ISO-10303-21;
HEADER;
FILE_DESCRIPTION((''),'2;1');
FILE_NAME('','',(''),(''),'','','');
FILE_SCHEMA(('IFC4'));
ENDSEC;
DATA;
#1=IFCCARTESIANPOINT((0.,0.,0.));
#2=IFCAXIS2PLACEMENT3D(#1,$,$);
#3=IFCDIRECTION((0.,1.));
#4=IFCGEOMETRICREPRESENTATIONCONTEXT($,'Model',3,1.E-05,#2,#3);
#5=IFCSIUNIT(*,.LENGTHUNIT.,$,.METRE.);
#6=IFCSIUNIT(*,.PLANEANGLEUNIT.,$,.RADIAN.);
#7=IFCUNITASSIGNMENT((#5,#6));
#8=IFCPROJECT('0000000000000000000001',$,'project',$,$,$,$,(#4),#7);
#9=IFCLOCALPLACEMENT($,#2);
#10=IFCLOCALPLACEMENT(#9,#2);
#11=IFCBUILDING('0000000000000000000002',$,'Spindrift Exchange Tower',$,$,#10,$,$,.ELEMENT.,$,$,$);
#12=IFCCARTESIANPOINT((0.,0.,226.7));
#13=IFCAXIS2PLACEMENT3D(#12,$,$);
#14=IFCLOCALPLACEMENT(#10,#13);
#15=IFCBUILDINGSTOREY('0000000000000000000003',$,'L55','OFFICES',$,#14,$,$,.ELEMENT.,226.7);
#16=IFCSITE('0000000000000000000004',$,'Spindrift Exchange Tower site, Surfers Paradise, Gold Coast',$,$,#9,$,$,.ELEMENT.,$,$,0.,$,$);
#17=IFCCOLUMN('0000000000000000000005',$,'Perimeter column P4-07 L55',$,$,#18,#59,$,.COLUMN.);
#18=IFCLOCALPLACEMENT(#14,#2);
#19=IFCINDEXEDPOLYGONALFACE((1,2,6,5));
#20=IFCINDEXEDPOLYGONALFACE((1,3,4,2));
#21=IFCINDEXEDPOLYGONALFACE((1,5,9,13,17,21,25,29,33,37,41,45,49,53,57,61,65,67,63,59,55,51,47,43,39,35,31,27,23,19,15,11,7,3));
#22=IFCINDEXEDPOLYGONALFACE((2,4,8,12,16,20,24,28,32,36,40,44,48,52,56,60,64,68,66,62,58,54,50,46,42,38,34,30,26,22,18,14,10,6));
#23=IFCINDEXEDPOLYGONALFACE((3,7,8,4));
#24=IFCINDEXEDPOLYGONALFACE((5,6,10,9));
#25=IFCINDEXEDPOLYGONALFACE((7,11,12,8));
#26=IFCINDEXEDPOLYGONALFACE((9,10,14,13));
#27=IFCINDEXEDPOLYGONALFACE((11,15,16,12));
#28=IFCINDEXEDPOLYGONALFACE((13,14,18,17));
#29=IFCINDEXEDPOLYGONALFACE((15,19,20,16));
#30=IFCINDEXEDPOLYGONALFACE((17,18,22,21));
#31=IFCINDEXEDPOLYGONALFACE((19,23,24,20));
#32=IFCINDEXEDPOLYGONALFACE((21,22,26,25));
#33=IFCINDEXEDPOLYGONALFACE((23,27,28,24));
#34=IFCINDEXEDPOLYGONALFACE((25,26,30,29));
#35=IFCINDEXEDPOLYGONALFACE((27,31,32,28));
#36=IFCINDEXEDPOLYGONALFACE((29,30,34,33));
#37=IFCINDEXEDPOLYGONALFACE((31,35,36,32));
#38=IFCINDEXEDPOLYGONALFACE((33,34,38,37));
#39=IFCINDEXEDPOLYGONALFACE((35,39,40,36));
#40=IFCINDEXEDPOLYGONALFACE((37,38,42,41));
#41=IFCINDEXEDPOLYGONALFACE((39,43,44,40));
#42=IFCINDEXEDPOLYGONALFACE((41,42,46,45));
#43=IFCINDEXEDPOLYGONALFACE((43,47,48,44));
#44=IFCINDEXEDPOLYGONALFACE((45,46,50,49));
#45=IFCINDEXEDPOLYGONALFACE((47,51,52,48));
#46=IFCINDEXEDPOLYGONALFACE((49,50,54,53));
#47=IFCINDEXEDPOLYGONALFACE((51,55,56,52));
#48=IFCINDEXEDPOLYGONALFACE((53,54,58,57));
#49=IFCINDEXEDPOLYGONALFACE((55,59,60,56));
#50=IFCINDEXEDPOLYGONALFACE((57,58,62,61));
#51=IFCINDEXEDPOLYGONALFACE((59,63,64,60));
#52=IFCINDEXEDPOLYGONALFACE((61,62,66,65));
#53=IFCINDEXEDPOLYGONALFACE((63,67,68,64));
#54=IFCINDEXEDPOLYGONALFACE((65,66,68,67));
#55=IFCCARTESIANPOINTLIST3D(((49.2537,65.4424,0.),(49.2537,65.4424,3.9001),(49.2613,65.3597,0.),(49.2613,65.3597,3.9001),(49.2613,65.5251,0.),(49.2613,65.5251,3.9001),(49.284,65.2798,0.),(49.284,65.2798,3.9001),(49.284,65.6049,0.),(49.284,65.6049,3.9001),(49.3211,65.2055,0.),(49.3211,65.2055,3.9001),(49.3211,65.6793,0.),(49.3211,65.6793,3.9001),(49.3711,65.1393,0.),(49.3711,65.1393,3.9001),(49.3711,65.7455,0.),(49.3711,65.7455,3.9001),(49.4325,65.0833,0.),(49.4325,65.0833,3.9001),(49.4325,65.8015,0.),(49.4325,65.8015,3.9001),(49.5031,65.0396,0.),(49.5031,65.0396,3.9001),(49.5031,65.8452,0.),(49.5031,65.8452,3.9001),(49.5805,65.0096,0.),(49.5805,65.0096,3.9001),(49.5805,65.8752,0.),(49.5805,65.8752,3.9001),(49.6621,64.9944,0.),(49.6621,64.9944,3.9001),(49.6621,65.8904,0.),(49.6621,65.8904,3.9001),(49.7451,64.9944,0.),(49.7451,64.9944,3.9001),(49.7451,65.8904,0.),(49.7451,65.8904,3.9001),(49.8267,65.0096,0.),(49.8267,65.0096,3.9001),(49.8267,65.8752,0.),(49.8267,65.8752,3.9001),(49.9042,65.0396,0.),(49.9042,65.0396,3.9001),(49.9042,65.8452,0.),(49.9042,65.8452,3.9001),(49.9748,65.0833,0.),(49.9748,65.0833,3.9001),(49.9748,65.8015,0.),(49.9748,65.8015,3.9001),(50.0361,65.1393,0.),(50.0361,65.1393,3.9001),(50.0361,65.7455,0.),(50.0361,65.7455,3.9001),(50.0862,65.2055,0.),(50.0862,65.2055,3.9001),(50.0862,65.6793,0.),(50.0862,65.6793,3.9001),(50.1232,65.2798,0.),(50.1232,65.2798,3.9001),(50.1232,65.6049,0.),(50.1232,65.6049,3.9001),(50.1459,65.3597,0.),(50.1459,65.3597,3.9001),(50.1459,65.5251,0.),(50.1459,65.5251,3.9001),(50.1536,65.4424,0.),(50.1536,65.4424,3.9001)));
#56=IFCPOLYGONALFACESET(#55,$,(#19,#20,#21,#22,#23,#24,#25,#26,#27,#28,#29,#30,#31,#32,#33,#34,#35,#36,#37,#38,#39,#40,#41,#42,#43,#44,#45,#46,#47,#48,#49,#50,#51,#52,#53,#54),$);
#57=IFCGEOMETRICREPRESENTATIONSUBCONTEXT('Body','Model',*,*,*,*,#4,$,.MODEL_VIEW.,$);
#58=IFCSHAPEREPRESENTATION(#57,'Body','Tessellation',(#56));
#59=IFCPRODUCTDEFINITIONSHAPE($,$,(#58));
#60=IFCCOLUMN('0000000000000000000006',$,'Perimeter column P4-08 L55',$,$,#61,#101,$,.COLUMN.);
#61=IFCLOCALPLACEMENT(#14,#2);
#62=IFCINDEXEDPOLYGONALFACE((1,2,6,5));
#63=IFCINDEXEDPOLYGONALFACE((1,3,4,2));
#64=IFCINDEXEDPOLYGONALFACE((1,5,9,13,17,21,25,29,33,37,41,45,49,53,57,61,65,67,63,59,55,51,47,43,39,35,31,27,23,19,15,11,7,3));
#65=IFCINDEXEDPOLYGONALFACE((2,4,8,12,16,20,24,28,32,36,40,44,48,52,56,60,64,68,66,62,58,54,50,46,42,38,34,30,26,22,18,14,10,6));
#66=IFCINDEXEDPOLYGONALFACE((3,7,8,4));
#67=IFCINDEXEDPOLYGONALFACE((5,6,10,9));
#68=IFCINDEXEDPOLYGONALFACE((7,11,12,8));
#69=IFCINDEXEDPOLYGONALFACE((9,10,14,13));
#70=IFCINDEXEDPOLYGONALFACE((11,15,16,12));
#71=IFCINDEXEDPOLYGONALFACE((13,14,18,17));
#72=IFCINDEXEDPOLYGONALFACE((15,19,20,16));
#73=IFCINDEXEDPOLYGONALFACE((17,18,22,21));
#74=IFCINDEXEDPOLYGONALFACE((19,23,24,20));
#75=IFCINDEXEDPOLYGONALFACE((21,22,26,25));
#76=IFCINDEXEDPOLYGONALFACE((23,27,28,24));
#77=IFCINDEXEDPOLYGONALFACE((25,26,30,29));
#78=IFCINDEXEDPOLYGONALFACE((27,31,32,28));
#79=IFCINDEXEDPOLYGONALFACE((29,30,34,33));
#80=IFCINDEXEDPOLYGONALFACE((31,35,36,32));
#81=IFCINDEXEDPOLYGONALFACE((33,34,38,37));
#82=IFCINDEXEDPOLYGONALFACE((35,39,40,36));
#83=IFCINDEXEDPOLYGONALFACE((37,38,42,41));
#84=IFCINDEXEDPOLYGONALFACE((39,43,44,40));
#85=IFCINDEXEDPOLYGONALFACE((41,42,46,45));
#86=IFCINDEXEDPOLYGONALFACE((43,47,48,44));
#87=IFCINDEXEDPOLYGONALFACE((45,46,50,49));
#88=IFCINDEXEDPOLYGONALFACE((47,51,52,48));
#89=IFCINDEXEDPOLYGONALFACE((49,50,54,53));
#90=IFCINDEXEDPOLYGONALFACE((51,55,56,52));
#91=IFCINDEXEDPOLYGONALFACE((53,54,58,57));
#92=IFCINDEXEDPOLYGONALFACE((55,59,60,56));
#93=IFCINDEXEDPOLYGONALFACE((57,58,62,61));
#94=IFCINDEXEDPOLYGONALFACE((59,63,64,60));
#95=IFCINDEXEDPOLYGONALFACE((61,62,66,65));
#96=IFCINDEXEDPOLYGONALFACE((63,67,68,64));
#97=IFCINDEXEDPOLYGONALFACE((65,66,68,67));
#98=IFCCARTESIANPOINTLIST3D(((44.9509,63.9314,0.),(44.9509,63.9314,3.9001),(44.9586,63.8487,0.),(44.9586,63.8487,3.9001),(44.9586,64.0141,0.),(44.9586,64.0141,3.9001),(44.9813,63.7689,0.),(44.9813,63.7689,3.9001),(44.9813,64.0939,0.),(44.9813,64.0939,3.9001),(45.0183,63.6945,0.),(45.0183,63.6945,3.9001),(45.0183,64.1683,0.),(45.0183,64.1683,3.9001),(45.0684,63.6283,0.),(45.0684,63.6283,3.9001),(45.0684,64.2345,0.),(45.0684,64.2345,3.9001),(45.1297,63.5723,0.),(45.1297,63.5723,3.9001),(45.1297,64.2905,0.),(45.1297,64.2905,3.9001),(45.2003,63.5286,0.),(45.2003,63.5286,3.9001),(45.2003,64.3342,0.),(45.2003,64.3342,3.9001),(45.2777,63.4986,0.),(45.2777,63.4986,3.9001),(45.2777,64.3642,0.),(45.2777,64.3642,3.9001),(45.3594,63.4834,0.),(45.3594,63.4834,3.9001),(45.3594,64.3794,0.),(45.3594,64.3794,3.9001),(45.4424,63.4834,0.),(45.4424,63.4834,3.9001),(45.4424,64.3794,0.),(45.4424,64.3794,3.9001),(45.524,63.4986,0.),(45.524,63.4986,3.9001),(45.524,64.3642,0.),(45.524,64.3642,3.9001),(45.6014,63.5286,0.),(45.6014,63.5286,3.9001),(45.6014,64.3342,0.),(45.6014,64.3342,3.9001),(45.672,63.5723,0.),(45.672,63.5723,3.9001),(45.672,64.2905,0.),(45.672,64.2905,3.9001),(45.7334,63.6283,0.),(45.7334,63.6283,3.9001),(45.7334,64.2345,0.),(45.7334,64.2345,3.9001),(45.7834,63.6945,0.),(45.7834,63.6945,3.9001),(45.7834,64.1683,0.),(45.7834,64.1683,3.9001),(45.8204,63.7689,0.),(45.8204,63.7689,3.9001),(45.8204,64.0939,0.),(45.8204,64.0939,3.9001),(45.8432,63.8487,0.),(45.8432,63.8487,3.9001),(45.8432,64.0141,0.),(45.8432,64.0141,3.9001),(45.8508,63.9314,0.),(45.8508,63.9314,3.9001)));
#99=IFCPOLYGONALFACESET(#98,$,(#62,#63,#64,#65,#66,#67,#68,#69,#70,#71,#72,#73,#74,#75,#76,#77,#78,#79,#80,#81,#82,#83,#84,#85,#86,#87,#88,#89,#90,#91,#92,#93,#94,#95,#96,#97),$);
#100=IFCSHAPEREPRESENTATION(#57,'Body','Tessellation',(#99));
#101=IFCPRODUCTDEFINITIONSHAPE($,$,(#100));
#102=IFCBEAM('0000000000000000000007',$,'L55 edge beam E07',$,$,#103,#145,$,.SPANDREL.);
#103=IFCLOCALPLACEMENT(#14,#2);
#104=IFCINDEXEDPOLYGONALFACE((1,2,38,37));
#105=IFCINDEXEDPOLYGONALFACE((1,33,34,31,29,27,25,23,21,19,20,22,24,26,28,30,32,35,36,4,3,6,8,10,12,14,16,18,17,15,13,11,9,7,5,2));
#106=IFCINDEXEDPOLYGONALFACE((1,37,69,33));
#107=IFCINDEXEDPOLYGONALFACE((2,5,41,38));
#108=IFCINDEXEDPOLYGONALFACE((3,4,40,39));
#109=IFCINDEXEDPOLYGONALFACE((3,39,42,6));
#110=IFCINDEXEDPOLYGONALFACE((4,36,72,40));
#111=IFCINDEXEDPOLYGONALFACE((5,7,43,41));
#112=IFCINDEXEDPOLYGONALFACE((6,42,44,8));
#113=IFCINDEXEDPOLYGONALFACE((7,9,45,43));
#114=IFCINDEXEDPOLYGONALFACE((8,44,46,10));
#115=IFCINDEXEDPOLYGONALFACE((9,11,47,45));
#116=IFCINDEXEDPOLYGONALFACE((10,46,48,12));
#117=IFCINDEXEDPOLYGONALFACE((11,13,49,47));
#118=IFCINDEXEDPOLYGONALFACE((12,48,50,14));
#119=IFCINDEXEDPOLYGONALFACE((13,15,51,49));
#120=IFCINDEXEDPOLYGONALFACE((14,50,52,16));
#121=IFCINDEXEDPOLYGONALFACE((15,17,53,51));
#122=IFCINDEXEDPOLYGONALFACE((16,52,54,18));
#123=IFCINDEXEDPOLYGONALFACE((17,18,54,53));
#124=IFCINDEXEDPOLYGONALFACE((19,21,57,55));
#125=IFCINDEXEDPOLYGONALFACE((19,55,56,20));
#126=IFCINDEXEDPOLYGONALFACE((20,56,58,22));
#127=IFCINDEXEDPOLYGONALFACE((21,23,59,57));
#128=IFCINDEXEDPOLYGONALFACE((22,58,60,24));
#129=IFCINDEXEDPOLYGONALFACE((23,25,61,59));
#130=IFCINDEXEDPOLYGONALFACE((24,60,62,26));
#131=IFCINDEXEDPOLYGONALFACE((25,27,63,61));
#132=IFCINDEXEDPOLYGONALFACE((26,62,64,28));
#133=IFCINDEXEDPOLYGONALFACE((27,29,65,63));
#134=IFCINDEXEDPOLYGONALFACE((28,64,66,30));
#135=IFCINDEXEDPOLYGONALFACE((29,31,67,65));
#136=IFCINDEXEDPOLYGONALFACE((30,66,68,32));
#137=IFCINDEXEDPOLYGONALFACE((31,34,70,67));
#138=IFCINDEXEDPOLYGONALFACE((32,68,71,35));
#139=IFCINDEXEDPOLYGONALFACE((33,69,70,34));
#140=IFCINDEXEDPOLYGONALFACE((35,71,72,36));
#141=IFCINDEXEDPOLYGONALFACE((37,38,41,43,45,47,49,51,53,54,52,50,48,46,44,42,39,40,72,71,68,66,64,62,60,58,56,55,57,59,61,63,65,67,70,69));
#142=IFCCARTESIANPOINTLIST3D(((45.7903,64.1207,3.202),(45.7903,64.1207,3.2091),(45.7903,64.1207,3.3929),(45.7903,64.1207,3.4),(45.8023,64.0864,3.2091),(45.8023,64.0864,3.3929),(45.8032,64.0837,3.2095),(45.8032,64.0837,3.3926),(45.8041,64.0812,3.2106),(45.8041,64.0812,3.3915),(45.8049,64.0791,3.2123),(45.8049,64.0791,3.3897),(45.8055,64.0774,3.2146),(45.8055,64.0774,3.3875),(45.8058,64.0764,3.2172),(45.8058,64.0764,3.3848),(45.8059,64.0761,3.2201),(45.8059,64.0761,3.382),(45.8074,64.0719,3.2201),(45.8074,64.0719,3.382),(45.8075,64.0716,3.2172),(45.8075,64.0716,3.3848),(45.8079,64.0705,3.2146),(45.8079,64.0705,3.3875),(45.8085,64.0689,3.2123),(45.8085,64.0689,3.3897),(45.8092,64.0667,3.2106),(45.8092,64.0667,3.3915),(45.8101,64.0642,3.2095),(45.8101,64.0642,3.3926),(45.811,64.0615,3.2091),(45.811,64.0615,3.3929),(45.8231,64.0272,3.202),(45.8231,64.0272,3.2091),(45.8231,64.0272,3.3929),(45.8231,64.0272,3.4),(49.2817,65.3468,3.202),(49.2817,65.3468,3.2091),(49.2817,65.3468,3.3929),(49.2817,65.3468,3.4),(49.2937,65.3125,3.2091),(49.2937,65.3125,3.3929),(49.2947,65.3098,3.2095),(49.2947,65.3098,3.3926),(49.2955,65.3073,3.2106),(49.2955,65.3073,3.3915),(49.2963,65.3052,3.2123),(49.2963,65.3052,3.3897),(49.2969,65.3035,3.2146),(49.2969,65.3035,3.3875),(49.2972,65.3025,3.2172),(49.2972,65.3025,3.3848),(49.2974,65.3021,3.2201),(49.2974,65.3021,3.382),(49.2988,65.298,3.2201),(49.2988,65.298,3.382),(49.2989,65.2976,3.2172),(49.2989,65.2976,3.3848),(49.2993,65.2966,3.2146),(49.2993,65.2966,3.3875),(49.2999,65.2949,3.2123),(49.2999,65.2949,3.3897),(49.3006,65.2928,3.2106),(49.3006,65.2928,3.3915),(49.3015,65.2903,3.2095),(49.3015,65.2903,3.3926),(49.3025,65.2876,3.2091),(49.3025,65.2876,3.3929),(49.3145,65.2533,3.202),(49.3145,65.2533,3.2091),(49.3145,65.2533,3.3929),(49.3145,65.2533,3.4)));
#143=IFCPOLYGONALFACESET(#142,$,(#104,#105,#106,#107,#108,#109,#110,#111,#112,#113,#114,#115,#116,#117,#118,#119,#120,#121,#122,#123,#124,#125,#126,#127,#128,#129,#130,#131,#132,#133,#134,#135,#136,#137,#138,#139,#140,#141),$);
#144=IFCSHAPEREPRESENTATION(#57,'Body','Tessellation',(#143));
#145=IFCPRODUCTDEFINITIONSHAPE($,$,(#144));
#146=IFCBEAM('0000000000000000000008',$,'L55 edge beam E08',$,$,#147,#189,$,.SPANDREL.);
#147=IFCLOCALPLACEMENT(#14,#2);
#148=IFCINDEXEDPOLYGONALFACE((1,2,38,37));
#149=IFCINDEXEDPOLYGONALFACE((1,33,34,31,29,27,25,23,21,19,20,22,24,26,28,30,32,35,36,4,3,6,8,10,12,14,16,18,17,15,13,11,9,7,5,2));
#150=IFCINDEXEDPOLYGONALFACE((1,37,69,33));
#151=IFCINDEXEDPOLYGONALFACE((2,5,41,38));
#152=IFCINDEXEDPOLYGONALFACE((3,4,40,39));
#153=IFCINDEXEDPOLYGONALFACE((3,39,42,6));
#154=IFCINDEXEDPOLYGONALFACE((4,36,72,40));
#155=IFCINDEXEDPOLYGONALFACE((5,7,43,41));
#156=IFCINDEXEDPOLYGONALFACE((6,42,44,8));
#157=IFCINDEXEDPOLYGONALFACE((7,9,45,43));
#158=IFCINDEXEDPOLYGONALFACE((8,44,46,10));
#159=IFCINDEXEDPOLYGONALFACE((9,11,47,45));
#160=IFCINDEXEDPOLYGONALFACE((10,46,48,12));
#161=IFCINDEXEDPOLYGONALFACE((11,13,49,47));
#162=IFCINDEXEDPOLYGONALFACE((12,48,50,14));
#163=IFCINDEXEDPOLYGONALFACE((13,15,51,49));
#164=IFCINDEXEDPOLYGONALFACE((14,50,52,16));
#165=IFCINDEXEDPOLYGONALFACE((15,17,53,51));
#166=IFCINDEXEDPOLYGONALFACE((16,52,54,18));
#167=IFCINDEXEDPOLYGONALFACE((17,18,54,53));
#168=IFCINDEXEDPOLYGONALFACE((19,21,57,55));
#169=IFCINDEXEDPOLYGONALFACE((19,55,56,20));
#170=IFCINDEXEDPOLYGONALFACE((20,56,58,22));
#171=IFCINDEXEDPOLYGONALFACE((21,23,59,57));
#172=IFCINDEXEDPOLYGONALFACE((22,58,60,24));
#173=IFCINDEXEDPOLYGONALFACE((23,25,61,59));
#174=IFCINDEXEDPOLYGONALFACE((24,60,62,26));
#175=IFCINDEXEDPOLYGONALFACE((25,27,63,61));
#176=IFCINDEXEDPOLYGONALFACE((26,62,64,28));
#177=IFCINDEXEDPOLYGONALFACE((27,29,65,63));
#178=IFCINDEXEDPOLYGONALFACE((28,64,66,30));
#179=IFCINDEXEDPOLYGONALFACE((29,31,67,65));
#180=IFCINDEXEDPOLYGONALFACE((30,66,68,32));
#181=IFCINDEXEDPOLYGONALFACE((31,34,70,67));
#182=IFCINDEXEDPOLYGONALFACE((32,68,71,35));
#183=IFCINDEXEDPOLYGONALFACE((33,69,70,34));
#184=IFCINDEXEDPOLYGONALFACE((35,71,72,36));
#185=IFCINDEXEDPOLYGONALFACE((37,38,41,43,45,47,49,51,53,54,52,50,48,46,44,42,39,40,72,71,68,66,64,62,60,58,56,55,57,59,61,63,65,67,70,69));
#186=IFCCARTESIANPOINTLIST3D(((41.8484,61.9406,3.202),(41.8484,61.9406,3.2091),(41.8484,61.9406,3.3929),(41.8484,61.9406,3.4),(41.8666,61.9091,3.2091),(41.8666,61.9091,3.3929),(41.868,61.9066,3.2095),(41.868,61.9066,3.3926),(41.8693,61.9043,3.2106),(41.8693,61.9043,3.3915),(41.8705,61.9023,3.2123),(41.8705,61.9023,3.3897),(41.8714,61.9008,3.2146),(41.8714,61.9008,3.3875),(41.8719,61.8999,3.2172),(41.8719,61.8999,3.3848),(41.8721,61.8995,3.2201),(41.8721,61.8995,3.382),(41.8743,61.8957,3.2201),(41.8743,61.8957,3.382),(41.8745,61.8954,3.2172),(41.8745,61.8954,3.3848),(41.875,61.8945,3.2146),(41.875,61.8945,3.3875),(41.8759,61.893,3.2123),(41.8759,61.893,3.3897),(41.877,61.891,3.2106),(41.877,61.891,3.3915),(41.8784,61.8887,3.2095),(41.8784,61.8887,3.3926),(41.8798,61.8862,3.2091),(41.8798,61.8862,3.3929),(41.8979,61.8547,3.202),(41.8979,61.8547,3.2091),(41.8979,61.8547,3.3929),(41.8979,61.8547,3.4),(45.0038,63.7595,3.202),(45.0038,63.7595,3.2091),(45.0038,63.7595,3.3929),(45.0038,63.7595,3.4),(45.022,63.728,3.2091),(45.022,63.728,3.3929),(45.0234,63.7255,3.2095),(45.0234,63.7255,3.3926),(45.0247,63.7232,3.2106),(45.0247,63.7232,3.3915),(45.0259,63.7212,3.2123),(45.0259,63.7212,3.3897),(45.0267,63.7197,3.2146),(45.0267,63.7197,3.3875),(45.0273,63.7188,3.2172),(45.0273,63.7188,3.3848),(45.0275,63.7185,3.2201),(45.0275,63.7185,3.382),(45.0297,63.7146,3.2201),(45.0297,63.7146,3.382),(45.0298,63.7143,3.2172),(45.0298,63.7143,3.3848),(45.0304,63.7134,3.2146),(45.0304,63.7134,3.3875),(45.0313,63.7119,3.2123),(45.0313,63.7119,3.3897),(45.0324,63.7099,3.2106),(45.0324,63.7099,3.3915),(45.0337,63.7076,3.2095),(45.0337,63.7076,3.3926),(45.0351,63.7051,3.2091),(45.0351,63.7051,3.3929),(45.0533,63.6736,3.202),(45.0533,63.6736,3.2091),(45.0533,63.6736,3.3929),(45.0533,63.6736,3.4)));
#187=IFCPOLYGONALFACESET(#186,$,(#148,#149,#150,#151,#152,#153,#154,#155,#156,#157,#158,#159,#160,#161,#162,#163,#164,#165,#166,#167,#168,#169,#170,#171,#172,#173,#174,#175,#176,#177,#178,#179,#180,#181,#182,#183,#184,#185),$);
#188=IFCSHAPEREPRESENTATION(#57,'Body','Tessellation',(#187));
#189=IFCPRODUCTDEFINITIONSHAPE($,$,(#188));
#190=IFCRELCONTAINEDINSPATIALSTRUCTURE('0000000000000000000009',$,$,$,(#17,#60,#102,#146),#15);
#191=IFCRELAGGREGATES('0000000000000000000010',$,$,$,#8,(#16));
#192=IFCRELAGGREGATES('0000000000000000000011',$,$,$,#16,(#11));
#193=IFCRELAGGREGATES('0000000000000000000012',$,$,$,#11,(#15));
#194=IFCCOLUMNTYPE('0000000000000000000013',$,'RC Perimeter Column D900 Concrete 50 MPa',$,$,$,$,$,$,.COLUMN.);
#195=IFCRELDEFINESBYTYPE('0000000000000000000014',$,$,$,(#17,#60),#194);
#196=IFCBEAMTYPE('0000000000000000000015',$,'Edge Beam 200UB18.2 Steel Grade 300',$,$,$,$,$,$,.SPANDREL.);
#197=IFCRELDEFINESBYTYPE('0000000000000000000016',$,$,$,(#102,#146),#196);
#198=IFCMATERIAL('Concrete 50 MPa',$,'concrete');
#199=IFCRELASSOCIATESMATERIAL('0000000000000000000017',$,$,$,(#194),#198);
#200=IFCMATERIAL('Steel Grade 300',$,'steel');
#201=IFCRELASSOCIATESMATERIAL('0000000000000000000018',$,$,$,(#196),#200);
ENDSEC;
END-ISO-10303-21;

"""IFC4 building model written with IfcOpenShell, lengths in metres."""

from ifc_helpers import new_model, si_unit, direction, frame, origin, origin_2d, place, context, subcontext, project, spatial, circle, i_section, extrude, source, transform, mapped, material, material_profile, profile_set, type_object, element, save


model = new_model("IFC4")

# Units and contexts
model_context = context("Model", 3, precision=1e-05, world=origin(), true_north=direction((0.0, 1.0)))
body_context = subcontext(model_context, "Body", "Model", "MODEL_VIEW")
ifc_project = project(units=[si_unit("LENGTHUNIT", "METRE"), si_unit("PLANEANGLEUNIT", "RADIAN")], contexts=[model_context])

# Site, building, storey
site_placement = place(None, origin())
site = spatial("IfcSite", under=ifc_project, at=site_placement, Name="Spindrift Exchange Tower site, Surfers Paradise, Gold Coast", CompositionType="ELEMENT", RefElevation=0.0)
building_placement = place(site_placement, origin())
building = spatial("IfcBuilding", under=site, at=building_placement, Name="Spindrift Exchange Tower", CompositionType="ELEMENT")
storey_placement = place(building_placement, frame((0.0, 0.0, 226.7)))
storey = spatial("IfcBuildingStorey", under=building, at=storey_placement, Name="L55", Description="OFFICES", CompositionType="ELEMENT", Elevation=226.7)

# Columns
ifc_material_1 = material(Name="Concrete 50 MPa", Category="concrete")
ifc_material_profile_1 = material_profile(ifc_material_1, circle(Radius=0.45, at=origin_2d()), Name="RC D900")
ifc_profile_set_1 = profile_set([ifc_material_profile_1], Name="Concrete 50 MPa")
column_type = type_object("IfcColumnType", Name="RC Perimeter Column D900 Concrete 50 MPa", PredefinedType="COLUMN", material=ifc_profile_set_1)
shared_shape_1 = source(origin(), body_context, "Body", "SweptSolid", [
    extrude(circle(Radius=0.45, at=origin_2d()), origin(), (0.0, 0.0, 1.0), 3.9001),
])
for number, where, z_axis, x_axis, name in (
    (1, (49.7036, 65.4424, 0.0), (0.0, 0.0, 1.0), (1.0, 0.0, 0.0), "Perimeter column P4-07 L55"),
    (2, (45.4009, 63.9314, 0.0), (0.0, 0.0, 1.0), (1.0, 0.0, 0.0), "Perimeter column P4-08 L55"),
):
    element("IfcColumn", number, at=place(storey_placement, frame(where, z_axis=z_axis, x_axis=x_axis)), inside=storey, type_object=column_type, Name=name, PredefinedType="COLUMN", context=body_context, shape_type="MappedRepresentation", body=[
        mapped(shared_shape_1, transform((0.0, 0.0, 0.0), scale=1.0)),
    ])

# Beams
ifc_material_2 = material(Name="Steel Grade 300", Category="steel")
ifc_material_profile_2 = material_profile(ifc_material_2, i_section(OverallWidth=0.0991, OverallDepth=0.198, WebThickness=0.0044, FlangeThickness=0.0071, FilletRadius=0.011, at=origin_2d()), Name="200UB18.2")
ifc_profile_set_2 = profile_set([ifc_material_profile_2], Name="Steel Grade 300")
beam_type = type_object("IfcBeamType", Name="Edge Beam 200UB18.2 Steel Grade 300", PredefinedType="SPANDREL", material=ifc_profile_set_2)
shared_shape_2 = source(origin(), body_context, "Body", "SweptSolid", [
    extrude(i_section(OverallWidth=0.0991, OverallDepth=0.198, WebThickness=0.0044, FlangeThickness=0.0071, FilletRadius=0.011, at=origin_2d()), origin(), (0.0, 0.0, 1.0), 3.7004),
])
beam_1_placement = place(storey_placement, frame((49.2981, 65.3, 3.301), z_axis=(-0.943515, -0.331329, 0.0), x_axis=(0.331329, -0.943515, 0.0)))
element("IfcBeam", 3, at=beam_1_placement, inside=storey, type_object=beam_type, Name="L55 edge beam E07", PredefinedType="SPANDREL", context=body_context, shape_type="MappedRepresentation", body=[
    mapped(shared_shape_2, transform((0.0, 0.0, 0.0), scale=1.0)),
])
shared_shape_3 = source(origin(), body_context, "Body", "SweptSolid", [
    extrude(i_section(OverallWidth=0.0991, OverallDepth=0.198, WebThickness=0.0044, FlangeThickness=0.0071, FilletRadius=0.011, at=origin_2d()), origin(), (0.0, 0.0, 1.0), 3.6421),
])
beam_2_placement = place(storey_placement, frame((45.0286, 63.7166, 3.301), z_axis=(-0.866364, -0.499413, 0.0), x_axis=(0.499413, -0.866364, 0.0)))
element("IfcBeam", 4, at=beam_2_placement, inside=storey, type_object=beam_type, Name="L55 edge beam E08", PredefinedType="SPANDREL", context=body_context, shape_type="MappedRepresentation", body=[
    mapped(shared_shape_3, transform((0.0, 0.0, 0.0), scale=1.0)),
])

save(model, "model.ifc")
